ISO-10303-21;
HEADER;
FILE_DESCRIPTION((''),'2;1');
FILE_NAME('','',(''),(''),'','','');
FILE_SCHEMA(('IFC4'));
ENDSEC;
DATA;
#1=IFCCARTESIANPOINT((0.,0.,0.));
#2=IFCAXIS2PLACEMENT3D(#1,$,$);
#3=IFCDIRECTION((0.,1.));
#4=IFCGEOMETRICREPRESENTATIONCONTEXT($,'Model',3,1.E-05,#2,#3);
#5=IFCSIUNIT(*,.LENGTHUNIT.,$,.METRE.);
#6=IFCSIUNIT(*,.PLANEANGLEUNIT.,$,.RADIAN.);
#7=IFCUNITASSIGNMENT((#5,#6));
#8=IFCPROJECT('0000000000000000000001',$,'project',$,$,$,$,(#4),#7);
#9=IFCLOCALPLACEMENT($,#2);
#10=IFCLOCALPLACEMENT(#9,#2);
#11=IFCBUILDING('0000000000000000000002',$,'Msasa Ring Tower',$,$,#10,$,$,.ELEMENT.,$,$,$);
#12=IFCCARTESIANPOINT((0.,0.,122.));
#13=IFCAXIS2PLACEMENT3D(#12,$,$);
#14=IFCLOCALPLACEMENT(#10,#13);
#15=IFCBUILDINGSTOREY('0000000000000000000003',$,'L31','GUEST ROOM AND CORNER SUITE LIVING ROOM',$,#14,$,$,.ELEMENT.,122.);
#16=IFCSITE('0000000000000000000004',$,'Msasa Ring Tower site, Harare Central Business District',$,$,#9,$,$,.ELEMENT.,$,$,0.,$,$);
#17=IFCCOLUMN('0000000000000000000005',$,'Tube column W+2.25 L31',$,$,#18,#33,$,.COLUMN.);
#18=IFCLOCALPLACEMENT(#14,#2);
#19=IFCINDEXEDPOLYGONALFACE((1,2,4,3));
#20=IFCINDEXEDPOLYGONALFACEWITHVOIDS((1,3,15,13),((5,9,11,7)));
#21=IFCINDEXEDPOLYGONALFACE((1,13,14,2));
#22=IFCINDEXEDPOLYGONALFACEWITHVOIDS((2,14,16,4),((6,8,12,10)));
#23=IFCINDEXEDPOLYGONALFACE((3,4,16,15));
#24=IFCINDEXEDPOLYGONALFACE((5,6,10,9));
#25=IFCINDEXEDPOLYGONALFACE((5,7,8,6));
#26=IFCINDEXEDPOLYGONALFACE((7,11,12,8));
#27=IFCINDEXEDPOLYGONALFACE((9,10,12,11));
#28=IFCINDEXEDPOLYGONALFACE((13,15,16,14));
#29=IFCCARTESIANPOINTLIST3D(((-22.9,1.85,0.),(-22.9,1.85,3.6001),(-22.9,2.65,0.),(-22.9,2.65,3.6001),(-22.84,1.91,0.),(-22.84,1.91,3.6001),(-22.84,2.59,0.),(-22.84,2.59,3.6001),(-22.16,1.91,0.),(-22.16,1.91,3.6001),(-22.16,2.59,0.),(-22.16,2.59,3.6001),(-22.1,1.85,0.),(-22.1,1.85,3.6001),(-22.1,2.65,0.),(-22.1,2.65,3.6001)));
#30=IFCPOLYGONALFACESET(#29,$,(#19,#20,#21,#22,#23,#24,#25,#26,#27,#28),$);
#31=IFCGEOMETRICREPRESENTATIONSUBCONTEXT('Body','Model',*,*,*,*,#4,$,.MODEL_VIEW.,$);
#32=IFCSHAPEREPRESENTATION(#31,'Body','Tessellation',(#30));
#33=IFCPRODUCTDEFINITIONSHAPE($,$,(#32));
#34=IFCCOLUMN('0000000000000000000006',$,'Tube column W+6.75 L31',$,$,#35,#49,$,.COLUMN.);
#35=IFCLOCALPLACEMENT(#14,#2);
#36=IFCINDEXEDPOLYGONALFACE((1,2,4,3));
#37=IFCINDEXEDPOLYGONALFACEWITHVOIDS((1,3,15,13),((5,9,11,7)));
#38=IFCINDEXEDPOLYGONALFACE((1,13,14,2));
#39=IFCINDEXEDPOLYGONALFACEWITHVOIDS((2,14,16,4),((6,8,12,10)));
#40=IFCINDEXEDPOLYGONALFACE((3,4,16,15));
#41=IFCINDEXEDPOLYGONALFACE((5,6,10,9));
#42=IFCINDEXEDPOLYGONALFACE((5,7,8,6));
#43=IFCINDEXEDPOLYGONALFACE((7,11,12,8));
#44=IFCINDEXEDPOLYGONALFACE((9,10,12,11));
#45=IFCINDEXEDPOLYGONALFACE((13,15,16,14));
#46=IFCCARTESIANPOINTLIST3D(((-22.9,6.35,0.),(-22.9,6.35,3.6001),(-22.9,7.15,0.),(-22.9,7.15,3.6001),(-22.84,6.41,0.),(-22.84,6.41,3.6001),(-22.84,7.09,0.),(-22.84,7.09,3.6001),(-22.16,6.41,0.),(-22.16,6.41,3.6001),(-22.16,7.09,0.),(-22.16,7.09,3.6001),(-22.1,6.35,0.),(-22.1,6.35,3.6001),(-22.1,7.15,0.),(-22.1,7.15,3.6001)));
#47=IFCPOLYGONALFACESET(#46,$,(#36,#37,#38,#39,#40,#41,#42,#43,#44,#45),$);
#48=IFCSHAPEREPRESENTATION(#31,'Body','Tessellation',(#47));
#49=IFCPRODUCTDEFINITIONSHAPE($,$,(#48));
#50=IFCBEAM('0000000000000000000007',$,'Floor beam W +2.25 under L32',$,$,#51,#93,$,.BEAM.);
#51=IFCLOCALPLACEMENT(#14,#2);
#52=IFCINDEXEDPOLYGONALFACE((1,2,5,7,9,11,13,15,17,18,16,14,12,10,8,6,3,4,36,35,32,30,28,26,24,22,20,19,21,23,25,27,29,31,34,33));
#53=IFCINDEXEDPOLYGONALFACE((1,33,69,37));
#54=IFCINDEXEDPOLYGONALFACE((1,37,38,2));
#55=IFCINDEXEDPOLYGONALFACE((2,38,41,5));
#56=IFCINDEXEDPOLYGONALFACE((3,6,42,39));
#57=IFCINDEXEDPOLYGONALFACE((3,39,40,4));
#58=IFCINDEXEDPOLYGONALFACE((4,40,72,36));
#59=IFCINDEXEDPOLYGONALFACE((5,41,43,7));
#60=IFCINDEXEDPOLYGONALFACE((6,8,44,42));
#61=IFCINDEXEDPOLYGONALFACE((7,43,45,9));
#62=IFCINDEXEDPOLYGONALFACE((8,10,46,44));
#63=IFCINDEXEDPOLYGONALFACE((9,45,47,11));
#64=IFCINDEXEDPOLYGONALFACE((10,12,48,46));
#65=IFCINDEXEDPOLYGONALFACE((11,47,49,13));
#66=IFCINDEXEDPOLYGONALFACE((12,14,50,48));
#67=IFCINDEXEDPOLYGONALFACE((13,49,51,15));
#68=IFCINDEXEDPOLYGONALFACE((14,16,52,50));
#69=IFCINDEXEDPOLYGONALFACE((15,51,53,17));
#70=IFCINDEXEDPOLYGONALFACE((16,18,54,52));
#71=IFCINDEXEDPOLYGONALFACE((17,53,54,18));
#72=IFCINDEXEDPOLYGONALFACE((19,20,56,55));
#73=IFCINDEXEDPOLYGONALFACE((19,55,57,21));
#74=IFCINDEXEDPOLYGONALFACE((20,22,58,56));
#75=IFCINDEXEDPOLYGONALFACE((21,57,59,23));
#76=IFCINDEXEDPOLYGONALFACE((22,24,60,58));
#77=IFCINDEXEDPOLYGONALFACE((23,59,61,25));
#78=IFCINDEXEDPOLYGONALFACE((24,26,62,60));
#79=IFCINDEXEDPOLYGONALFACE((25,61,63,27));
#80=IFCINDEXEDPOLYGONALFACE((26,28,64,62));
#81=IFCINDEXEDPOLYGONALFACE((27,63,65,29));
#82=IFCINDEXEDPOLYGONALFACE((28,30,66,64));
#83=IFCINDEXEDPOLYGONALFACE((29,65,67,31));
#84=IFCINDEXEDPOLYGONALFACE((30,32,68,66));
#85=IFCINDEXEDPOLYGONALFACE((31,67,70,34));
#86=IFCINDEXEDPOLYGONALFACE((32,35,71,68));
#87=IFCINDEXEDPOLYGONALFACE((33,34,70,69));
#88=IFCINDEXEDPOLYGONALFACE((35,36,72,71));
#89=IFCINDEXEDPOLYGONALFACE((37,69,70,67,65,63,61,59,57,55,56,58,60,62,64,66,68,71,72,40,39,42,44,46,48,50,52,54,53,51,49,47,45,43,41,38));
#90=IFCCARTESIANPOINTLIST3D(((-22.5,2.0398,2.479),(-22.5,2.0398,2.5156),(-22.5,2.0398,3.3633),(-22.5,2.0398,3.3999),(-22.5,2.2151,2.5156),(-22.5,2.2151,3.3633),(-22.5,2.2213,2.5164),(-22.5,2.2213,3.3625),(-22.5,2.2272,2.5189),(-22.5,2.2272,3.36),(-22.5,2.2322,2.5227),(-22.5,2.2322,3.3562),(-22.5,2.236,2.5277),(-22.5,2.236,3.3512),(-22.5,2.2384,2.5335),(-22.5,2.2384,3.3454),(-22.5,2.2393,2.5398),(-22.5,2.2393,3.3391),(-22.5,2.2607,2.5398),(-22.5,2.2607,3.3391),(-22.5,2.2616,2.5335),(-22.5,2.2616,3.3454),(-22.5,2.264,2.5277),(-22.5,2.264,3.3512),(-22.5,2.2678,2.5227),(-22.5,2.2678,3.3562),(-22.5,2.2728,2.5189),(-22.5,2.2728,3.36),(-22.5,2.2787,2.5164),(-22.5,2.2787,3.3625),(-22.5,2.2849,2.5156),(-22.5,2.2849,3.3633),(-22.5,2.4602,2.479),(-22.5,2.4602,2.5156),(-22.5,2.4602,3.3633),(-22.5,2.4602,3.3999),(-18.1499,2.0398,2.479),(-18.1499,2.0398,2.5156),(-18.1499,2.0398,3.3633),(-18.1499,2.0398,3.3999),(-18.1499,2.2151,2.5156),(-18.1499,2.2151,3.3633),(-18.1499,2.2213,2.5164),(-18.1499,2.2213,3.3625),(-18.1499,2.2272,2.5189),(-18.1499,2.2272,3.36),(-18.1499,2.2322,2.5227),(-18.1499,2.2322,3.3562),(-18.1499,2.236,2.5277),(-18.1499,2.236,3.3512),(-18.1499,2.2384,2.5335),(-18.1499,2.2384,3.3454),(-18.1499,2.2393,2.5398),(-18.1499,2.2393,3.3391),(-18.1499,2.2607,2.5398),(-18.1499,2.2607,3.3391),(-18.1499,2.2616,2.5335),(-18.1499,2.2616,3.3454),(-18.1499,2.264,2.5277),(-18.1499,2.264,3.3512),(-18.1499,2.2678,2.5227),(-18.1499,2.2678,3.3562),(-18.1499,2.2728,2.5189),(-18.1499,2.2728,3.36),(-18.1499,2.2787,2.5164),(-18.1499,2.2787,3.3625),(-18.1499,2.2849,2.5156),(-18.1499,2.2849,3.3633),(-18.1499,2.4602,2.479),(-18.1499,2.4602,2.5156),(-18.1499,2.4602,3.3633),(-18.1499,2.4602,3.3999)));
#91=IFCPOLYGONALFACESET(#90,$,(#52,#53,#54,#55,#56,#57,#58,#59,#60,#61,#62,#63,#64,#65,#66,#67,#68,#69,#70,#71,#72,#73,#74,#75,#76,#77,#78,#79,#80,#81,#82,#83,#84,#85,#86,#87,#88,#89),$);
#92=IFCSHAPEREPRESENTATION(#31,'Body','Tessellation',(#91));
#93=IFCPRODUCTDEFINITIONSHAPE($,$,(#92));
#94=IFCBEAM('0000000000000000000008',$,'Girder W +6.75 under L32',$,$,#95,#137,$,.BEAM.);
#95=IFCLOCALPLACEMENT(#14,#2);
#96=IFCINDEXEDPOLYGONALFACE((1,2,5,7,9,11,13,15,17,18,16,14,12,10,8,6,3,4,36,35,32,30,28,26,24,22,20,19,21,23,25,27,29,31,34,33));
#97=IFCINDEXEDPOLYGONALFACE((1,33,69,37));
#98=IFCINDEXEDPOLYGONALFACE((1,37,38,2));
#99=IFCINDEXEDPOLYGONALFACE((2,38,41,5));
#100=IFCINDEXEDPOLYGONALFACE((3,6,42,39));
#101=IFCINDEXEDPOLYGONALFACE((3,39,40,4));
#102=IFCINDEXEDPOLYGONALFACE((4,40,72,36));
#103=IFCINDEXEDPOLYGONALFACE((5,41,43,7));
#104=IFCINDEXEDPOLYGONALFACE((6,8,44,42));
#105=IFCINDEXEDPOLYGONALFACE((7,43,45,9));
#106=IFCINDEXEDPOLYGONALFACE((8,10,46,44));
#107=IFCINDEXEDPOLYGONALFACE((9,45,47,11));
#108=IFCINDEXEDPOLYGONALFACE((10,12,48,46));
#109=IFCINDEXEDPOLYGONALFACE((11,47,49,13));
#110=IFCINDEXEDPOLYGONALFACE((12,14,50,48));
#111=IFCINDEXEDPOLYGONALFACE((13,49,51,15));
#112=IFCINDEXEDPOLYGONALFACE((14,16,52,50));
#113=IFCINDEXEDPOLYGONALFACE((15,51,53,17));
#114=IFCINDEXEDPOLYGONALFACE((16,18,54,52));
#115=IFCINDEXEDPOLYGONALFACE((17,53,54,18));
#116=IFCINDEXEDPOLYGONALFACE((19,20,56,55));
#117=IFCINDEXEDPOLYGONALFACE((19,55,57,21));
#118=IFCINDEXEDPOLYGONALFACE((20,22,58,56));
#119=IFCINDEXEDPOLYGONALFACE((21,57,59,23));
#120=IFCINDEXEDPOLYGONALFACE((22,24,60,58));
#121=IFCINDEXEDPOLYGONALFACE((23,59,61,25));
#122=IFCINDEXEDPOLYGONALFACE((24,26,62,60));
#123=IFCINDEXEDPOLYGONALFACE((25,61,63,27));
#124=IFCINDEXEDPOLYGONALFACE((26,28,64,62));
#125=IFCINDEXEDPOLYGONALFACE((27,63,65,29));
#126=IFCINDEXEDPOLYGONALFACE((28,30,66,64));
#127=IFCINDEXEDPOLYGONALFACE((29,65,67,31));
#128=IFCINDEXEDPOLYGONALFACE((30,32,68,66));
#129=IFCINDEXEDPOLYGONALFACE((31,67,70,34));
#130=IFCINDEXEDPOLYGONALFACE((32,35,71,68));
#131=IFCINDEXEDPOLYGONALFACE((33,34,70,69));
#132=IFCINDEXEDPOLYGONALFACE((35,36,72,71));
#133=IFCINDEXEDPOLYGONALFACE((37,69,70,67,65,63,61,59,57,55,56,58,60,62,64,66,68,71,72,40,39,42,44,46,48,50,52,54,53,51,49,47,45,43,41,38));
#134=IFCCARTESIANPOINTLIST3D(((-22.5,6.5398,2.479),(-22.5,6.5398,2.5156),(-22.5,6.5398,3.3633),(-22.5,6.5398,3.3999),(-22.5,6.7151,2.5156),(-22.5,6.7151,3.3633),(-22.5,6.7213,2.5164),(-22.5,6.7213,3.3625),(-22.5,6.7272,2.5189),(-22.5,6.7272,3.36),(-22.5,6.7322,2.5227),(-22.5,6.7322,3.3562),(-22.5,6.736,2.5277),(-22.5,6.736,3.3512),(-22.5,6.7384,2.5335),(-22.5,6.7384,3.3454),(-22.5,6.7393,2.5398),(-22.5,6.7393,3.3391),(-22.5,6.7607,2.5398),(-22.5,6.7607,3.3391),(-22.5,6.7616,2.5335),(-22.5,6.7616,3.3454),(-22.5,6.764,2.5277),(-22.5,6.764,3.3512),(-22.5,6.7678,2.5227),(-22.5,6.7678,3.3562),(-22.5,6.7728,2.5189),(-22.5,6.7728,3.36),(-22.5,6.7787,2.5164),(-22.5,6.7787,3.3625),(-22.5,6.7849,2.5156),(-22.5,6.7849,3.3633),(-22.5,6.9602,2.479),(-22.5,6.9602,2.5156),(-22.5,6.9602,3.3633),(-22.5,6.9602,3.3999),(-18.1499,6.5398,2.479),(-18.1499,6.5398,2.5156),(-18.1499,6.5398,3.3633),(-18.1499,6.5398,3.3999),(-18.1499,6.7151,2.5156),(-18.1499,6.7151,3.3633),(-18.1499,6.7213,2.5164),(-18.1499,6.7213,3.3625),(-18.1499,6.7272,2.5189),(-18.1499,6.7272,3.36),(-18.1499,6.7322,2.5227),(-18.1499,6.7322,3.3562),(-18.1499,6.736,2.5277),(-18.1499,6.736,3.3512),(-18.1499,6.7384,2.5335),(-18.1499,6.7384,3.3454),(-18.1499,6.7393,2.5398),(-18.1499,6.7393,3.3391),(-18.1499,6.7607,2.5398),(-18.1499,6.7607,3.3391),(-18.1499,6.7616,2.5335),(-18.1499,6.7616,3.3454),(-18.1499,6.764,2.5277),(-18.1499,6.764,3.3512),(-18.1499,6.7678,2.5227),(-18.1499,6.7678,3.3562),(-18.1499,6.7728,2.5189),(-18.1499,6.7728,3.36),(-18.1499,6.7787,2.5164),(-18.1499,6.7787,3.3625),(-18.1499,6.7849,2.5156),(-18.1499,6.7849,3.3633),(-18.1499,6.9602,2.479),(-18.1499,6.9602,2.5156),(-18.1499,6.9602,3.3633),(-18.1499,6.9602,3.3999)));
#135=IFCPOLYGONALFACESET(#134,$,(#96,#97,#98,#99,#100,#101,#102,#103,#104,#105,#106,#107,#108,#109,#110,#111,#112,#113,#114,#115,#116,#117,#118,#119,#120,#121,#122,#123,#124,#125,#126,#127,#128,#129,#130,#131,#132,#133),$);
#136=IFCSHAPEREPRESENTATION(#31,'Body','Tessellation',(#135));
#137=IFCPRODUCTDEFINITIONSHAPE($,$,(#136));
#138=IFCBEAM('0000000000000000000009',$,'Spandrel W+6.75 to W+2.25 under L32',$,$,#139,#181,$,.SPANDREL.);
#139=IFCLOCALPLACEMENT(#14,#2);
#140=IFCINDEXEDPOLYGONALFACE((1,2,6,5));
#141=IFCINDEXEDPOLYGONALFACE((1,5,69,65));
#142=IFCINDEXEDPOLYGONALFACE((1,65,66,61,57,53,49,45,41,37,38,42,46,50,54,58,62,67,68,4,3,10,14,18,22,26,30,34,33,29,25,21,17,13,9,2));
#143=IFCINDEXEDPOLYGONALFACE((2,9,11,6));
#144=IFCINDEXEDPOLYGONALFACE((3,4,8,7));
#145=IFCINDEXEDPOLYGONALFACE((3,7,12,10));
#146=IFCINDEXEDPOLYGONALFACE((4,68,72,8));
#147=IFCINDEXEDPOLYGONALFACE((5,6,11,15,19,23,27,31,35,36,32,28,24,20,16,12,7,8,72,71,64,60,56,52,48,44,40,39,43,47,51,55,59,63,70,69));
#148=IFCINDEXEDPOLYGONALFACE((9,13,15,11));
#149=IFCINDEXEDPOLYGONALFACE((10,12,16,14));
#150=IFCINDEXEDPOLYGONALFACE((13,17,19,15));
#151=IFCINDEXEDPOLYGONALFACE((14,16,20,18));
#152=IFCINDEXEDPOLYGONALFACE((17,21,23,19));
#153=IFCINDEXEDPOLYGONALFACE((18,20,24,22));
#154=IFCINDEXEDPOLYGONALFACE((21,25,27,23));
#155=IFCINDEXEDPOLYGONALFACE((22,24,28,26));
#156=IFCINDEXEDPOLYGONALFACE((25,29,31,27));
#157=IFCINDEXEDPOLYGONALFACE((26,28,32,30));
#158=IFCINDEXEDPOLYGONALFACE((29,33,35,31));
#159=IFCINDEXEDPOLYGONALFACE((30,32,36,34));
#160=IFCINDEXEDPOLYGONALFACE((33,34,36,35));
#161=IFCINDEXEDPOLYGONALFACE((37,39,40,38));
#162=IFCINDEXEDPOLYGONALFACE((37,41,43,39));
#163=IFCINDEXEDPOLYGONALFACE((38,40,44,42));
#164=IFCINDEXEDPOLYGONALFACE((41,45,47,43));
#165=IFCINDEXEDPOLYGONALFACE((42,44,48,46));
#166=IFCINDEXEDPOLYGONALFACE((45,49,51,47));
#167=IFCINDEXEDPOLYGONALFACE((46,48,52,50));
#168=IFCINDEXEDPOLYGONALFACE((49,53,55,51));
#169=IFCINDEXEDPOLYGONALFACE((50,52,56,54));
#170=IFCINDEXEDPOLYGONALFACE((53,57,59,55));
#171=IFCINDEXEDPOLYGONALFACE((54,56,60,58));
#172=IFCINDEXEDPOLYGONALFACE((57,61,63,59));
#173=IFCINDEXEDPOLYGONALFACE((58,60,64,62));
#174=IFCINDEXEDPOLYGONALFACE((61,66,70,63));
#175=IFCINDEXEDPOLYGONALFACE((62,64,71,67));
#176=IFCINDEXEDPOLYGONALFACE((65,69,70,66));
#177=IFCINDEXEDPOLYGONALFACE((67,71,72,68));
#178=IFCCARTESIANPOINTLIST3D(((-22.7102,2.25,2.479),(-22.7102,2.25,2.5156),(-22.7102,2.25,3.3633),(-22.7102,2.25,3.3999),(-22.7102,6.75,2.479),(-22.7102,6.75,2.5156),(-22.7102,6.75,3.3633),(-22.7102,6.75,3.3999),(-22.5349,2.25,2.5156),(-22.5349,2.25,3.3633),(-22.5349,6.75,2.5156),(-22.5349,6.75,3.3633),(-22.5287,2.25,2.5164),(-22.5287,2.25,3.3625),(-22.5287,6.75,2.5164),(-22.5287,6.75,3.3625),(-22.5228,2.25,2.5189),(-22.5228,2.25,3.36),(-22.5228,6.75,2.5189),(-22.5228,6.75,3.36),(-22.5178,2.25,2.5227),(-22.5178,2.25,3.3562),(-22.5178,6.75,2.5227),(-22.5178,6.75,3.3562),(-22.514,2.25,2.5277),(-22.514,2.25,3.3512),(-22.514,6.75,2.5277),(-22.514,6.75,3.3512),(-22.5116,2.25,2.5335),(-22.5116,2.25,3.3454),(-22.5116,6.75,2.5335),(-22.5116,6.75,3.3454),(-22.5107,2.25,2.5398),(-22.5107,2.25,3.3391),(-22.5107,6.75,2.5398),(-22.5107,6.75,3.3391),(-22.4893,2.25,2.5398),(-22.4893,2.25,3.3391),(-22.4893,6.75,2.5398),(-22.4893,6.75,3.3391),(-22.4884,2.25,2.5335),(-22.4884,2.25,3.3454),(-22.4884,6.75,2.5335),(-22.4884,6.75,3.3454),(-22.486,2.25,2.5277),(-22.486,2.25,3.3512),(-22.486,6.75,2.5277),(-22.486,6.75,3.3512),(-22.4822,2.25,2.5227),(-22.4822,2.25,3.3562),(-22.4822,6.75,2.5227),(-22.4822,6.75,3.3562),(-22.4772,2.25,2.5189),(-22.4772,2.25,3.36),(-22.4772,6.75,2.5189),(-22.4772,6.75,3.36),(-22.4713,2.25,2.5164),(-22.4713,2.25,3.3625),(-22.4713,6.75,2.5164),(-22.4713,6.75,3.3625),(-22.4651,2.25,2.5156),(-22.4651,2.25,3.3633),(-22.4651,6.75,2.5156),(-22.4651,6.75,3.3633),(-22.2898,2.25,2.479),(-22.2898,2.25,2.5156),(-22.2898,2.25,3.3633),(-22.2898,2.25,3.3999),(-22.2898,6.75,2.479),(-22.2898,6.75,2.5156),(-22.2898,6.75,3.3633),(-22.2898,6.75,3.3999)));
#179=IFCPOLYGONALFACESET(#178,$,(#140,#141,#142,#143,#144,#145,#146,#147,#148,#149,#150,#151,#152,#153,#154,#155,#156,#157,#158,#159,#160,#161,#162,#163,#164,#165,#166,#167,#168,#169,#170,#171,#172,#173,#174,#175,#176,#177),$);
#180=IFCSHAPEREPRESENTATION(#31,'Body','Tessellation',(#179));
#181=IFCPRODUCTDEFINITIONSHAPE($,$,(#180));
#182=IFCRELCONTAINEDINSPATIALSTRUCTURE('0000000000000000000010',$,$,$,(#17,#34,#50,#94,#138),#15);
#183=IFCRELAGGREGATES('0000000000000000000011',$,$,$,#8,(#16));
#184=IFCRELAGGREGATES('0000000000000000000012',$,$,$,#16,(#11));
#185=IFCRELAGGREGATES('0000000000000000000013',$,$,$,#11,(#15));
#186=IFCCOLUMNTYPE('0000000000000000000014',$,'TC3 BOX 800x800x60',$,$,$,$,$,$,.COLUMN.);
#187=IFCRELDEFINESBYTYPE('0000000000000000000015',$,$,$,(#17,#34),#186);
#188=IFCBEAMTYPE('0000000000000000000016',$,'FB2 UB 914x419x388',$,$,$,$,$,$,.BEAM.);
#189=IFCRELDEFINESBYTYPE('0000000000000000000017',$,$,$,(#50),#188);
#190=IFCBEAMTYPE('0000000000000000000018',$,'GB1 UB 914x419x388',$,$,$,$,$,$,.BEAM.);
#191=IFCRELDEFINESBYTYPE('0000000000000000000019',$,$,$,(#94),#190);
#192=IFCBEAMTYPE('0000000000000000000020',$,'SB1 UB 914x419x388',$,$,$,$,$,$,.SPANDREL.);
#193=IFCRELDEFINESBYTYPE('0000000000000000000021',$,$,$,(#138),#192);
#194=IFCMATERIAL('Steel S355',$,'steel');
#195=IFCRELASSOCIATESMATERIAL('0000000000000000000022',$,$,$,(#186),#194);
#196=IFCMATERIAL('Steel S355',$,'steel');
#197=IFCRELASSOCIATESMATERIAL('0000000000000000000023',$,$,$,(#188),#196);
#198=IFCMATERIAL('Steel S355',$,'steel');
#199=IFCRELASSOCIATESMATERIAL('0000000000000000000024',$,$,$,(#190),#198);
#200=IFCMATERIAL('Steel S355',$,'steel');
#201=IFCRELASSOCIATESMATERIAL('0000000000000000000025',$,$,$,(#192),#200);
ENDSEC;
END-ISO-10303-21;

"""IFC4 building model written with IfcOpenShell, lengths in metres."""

from ifc_helpers import new_model, si_unit, direction, frame, origin, origin_2d, place, context, subcontext, project, spatial, hollow_rectangle, i_section, extrude, material, material_profile, profile_set, type_object, element, save


model = new_model("IFC4")

# Units and contexts
model_context = context("Model", 3, precision=1e-05, world=origin(), true_north=direction((0.0, 1.0)))
body_context = subcontext(model_context, "Body", "Model", "MODEL_VIEW")
ifc_project = project(units=[si_unit("LENGTHUNIT", "METRE"), si_unit("PLANEANGLEUNIT", "RADIAN")], contexts=[model_context])

# Site, building, storey
site_placement = place(None, origin())
site = spatial("IfcSite", under=ifc_project, at=site_placement, Name="Msasa Ring Tower site, Harare Central Business District", CompositionType="ELEMENT", RefElevation=0.0)
building_placement = place(site_placement, origin())
building = spatial("IfcBuilding", under=site, at=building_placement, Name="Msasa Ring Tower", CompositionType="ELEMENT")
storey_placement = place(building_placement, frame((0.0, 0.0, 122.0)))
storey = spatial("IfcBuildingStorey", under=building, at=storey_placement, Name="L31", Description="GUEST ROOM AND CORNER SUITE LIVING ROOM", CompositionType="ELEMENT", Elevation=122.0)

# Columns
ifc_material_1 = material(Name="Steel S355", Category="steel")
ifc_material_profile_1 = material_profile(ifc_material_1, hollow_rectangle(XDim=0.8, YDim=0.8, WallThickness=0.0601, at=origin_2d()), Name="BOX 800x800x60")
ifc_profile_set_1 = profile_set([ifc_material_profile_1], Name="Steel S355")
column_type = type_object("IfcColumnType", Name="TC3 BOX 800x800x60", PredefinedType="COLUMN", material=ifc_profile_set_1)
for number, where, z_axis, x_axis, name in (
    (1, (-22.5, 2.25, 0.0), (0.0, 0.0, 1.0), (1.0, 0.0, 0.0), "Tube column W+2.25 L31"),
    (2, (-22.5, 6.75, 0.0), (0.0, 0.0, 1.0), (1.0, 0.0, 0.0), "Tube column W+6.75 L31"),
):
    element("IfcColumn", number, at=place(storey_placement, frame(where, z_axis=z_axis, x_axis=x_axis)), inside=storey, type_object=column_type, Name=name, PredefinedType="COLUMN", context=body_context, shape_type="SweptSolid", body=[
        extrude(hollow_rectangle(XDim=0.8, YDim=0.8, WallThickness=0.0601, at=origin_2d()), origin(), (0.0, 0.0, 1.0), 3.6001),
    ])

# Beams
ifc_material_2 = material(Name="Steel S355", Category="steel")
ifc_material_profile_2 = material_profile(ifc_material_2, i_section(OverallWidth=0.4204, OverallDepth=0.9209, WebThickness=0.0215, FlangeThickness=0.0366, FilletRadius=0.0242, at=origin_2d()), Name="UB 914x419x388")
ifc_profile_set_2 = profile_set([ifc_material_profile_2], Name="Steel S355")
beam_type_1 = type_object("IfcBeamType", Name="FB2 UB 914x419x388", PredefinedType="BEAM", material=ifc_profile_set_2)
beam_1_placement = place(storey_placement, frame((-22.5, 2.25, 2.9395), z_axis=(1.0, 0.0, 0.0), x_axis=(0.0, 1.0, 0.0)))
element("IfcBeam", 3, at=beam_1_placement, inside=storey, type_object=beam_type_1, Name="Floor beam W +2.25 under L32", PredefinedType="BEAM", context=body_context, shape_type="SweptSolid", body=[
    extrude(i_section(OverallWidth=0.4204, OverallDepth=0.9209, WebThickness=0.0215, FlangeThickness=0.0366, FilletRadius=0.0242, at=origin_2d()), origin(), (0.0, 0.0, 1.0), 4.3501),
])
ifc_material_3 = material(Name="Steel S355", Category="steel")
ifc_material_profile_3 = material_profile(ifc_material_3, i_section(OverallWidth=0.4204, OverallDepth=0.9209, WebThickness=0.0215, FlangeThickness=0.0366, FilletRadius=0.0242, at=origin_2d()), Name="UB 914x419x388")
ifc_profile_set_3 = profile_set([ifc_material_profile_3], Name="Steel S355")
beam_type_2 = type_object("IfcBeamType", Name="GB1 UB 914x419x388", PredefinedType="BEAM", material=ifc_profile_set_3)
beam_2_placement = place(storey_placement, frame((-18.1499, 6.75, 2.9395), z_axis=(-1.0, 0.0, 0.0), x_axis=(0.0, -1.0, 0.0)))
element("IfcBeam", 4, at=beam_2_placement, inside=storey, type_object=beam_type_2, Name="Girder W +6.75 under L32", PredefinedType="BEAM", context=body_context, shape_type="SweptSolid", body=[
    extrude(i_section(OverallWidth=0.4204, OverallDepth=0.9209, WebThickness=0.0215, FlangeThickness=0.0366, FilletRadius=0.0242, at=origin_2d()), origin(), (0.0, 0.0, 1.0), 4.3501),
])
ifc_material_4 = material(Name="Steel S355", Category="steel")
ifc_material_profile_4 = material_profile(ifc_material_4, i_section(OverallWidth=0.4204, OverallDepth=0.9209, WebThickness=0.0215, FlangeThickness=0.0366, FilletRadius=0.0242, at=origin_2d()), Name="UB 914x419x388")
ifc_profile_set_4 = profile_set([ifc_material_profile_4], Name="Steel S355")
beam_type_3 = type_object("IfcBeamType", Name="SB1 UB 914x419x388", PredefinedType="SPANDREL", material=ifc_profile_set_4)
for number, where, z_axis, x_axis, name in (
    (5, (-22.5, 6.75, 2.9395), (0.0, -1.0, 0.0), (1.0, 0.0, 0.0), "Spandrel W+6.75 to W+2.25 under L32"),
):
    element("IfcBeam", number, at=place(storey_placement, frame(where, z_axis=z_axis, x_axis=x_axis)), inside=storey, type_object=beam_type_3, Name=name, PredefinedType="SPANDREL", context=body_context, shape_type="SweptSolid", body=[
        extrude(i_section(OverallWidth=0.4204, OverallDepth=0.9209, WebThickness=0.0215, FlangeThickness=0.0366, FilletRadius=0.0242, at=origin_2d()), origin(), (0.0, 0.0, 1.0), 4.5),
    ])

save(model, "model.ifc")
